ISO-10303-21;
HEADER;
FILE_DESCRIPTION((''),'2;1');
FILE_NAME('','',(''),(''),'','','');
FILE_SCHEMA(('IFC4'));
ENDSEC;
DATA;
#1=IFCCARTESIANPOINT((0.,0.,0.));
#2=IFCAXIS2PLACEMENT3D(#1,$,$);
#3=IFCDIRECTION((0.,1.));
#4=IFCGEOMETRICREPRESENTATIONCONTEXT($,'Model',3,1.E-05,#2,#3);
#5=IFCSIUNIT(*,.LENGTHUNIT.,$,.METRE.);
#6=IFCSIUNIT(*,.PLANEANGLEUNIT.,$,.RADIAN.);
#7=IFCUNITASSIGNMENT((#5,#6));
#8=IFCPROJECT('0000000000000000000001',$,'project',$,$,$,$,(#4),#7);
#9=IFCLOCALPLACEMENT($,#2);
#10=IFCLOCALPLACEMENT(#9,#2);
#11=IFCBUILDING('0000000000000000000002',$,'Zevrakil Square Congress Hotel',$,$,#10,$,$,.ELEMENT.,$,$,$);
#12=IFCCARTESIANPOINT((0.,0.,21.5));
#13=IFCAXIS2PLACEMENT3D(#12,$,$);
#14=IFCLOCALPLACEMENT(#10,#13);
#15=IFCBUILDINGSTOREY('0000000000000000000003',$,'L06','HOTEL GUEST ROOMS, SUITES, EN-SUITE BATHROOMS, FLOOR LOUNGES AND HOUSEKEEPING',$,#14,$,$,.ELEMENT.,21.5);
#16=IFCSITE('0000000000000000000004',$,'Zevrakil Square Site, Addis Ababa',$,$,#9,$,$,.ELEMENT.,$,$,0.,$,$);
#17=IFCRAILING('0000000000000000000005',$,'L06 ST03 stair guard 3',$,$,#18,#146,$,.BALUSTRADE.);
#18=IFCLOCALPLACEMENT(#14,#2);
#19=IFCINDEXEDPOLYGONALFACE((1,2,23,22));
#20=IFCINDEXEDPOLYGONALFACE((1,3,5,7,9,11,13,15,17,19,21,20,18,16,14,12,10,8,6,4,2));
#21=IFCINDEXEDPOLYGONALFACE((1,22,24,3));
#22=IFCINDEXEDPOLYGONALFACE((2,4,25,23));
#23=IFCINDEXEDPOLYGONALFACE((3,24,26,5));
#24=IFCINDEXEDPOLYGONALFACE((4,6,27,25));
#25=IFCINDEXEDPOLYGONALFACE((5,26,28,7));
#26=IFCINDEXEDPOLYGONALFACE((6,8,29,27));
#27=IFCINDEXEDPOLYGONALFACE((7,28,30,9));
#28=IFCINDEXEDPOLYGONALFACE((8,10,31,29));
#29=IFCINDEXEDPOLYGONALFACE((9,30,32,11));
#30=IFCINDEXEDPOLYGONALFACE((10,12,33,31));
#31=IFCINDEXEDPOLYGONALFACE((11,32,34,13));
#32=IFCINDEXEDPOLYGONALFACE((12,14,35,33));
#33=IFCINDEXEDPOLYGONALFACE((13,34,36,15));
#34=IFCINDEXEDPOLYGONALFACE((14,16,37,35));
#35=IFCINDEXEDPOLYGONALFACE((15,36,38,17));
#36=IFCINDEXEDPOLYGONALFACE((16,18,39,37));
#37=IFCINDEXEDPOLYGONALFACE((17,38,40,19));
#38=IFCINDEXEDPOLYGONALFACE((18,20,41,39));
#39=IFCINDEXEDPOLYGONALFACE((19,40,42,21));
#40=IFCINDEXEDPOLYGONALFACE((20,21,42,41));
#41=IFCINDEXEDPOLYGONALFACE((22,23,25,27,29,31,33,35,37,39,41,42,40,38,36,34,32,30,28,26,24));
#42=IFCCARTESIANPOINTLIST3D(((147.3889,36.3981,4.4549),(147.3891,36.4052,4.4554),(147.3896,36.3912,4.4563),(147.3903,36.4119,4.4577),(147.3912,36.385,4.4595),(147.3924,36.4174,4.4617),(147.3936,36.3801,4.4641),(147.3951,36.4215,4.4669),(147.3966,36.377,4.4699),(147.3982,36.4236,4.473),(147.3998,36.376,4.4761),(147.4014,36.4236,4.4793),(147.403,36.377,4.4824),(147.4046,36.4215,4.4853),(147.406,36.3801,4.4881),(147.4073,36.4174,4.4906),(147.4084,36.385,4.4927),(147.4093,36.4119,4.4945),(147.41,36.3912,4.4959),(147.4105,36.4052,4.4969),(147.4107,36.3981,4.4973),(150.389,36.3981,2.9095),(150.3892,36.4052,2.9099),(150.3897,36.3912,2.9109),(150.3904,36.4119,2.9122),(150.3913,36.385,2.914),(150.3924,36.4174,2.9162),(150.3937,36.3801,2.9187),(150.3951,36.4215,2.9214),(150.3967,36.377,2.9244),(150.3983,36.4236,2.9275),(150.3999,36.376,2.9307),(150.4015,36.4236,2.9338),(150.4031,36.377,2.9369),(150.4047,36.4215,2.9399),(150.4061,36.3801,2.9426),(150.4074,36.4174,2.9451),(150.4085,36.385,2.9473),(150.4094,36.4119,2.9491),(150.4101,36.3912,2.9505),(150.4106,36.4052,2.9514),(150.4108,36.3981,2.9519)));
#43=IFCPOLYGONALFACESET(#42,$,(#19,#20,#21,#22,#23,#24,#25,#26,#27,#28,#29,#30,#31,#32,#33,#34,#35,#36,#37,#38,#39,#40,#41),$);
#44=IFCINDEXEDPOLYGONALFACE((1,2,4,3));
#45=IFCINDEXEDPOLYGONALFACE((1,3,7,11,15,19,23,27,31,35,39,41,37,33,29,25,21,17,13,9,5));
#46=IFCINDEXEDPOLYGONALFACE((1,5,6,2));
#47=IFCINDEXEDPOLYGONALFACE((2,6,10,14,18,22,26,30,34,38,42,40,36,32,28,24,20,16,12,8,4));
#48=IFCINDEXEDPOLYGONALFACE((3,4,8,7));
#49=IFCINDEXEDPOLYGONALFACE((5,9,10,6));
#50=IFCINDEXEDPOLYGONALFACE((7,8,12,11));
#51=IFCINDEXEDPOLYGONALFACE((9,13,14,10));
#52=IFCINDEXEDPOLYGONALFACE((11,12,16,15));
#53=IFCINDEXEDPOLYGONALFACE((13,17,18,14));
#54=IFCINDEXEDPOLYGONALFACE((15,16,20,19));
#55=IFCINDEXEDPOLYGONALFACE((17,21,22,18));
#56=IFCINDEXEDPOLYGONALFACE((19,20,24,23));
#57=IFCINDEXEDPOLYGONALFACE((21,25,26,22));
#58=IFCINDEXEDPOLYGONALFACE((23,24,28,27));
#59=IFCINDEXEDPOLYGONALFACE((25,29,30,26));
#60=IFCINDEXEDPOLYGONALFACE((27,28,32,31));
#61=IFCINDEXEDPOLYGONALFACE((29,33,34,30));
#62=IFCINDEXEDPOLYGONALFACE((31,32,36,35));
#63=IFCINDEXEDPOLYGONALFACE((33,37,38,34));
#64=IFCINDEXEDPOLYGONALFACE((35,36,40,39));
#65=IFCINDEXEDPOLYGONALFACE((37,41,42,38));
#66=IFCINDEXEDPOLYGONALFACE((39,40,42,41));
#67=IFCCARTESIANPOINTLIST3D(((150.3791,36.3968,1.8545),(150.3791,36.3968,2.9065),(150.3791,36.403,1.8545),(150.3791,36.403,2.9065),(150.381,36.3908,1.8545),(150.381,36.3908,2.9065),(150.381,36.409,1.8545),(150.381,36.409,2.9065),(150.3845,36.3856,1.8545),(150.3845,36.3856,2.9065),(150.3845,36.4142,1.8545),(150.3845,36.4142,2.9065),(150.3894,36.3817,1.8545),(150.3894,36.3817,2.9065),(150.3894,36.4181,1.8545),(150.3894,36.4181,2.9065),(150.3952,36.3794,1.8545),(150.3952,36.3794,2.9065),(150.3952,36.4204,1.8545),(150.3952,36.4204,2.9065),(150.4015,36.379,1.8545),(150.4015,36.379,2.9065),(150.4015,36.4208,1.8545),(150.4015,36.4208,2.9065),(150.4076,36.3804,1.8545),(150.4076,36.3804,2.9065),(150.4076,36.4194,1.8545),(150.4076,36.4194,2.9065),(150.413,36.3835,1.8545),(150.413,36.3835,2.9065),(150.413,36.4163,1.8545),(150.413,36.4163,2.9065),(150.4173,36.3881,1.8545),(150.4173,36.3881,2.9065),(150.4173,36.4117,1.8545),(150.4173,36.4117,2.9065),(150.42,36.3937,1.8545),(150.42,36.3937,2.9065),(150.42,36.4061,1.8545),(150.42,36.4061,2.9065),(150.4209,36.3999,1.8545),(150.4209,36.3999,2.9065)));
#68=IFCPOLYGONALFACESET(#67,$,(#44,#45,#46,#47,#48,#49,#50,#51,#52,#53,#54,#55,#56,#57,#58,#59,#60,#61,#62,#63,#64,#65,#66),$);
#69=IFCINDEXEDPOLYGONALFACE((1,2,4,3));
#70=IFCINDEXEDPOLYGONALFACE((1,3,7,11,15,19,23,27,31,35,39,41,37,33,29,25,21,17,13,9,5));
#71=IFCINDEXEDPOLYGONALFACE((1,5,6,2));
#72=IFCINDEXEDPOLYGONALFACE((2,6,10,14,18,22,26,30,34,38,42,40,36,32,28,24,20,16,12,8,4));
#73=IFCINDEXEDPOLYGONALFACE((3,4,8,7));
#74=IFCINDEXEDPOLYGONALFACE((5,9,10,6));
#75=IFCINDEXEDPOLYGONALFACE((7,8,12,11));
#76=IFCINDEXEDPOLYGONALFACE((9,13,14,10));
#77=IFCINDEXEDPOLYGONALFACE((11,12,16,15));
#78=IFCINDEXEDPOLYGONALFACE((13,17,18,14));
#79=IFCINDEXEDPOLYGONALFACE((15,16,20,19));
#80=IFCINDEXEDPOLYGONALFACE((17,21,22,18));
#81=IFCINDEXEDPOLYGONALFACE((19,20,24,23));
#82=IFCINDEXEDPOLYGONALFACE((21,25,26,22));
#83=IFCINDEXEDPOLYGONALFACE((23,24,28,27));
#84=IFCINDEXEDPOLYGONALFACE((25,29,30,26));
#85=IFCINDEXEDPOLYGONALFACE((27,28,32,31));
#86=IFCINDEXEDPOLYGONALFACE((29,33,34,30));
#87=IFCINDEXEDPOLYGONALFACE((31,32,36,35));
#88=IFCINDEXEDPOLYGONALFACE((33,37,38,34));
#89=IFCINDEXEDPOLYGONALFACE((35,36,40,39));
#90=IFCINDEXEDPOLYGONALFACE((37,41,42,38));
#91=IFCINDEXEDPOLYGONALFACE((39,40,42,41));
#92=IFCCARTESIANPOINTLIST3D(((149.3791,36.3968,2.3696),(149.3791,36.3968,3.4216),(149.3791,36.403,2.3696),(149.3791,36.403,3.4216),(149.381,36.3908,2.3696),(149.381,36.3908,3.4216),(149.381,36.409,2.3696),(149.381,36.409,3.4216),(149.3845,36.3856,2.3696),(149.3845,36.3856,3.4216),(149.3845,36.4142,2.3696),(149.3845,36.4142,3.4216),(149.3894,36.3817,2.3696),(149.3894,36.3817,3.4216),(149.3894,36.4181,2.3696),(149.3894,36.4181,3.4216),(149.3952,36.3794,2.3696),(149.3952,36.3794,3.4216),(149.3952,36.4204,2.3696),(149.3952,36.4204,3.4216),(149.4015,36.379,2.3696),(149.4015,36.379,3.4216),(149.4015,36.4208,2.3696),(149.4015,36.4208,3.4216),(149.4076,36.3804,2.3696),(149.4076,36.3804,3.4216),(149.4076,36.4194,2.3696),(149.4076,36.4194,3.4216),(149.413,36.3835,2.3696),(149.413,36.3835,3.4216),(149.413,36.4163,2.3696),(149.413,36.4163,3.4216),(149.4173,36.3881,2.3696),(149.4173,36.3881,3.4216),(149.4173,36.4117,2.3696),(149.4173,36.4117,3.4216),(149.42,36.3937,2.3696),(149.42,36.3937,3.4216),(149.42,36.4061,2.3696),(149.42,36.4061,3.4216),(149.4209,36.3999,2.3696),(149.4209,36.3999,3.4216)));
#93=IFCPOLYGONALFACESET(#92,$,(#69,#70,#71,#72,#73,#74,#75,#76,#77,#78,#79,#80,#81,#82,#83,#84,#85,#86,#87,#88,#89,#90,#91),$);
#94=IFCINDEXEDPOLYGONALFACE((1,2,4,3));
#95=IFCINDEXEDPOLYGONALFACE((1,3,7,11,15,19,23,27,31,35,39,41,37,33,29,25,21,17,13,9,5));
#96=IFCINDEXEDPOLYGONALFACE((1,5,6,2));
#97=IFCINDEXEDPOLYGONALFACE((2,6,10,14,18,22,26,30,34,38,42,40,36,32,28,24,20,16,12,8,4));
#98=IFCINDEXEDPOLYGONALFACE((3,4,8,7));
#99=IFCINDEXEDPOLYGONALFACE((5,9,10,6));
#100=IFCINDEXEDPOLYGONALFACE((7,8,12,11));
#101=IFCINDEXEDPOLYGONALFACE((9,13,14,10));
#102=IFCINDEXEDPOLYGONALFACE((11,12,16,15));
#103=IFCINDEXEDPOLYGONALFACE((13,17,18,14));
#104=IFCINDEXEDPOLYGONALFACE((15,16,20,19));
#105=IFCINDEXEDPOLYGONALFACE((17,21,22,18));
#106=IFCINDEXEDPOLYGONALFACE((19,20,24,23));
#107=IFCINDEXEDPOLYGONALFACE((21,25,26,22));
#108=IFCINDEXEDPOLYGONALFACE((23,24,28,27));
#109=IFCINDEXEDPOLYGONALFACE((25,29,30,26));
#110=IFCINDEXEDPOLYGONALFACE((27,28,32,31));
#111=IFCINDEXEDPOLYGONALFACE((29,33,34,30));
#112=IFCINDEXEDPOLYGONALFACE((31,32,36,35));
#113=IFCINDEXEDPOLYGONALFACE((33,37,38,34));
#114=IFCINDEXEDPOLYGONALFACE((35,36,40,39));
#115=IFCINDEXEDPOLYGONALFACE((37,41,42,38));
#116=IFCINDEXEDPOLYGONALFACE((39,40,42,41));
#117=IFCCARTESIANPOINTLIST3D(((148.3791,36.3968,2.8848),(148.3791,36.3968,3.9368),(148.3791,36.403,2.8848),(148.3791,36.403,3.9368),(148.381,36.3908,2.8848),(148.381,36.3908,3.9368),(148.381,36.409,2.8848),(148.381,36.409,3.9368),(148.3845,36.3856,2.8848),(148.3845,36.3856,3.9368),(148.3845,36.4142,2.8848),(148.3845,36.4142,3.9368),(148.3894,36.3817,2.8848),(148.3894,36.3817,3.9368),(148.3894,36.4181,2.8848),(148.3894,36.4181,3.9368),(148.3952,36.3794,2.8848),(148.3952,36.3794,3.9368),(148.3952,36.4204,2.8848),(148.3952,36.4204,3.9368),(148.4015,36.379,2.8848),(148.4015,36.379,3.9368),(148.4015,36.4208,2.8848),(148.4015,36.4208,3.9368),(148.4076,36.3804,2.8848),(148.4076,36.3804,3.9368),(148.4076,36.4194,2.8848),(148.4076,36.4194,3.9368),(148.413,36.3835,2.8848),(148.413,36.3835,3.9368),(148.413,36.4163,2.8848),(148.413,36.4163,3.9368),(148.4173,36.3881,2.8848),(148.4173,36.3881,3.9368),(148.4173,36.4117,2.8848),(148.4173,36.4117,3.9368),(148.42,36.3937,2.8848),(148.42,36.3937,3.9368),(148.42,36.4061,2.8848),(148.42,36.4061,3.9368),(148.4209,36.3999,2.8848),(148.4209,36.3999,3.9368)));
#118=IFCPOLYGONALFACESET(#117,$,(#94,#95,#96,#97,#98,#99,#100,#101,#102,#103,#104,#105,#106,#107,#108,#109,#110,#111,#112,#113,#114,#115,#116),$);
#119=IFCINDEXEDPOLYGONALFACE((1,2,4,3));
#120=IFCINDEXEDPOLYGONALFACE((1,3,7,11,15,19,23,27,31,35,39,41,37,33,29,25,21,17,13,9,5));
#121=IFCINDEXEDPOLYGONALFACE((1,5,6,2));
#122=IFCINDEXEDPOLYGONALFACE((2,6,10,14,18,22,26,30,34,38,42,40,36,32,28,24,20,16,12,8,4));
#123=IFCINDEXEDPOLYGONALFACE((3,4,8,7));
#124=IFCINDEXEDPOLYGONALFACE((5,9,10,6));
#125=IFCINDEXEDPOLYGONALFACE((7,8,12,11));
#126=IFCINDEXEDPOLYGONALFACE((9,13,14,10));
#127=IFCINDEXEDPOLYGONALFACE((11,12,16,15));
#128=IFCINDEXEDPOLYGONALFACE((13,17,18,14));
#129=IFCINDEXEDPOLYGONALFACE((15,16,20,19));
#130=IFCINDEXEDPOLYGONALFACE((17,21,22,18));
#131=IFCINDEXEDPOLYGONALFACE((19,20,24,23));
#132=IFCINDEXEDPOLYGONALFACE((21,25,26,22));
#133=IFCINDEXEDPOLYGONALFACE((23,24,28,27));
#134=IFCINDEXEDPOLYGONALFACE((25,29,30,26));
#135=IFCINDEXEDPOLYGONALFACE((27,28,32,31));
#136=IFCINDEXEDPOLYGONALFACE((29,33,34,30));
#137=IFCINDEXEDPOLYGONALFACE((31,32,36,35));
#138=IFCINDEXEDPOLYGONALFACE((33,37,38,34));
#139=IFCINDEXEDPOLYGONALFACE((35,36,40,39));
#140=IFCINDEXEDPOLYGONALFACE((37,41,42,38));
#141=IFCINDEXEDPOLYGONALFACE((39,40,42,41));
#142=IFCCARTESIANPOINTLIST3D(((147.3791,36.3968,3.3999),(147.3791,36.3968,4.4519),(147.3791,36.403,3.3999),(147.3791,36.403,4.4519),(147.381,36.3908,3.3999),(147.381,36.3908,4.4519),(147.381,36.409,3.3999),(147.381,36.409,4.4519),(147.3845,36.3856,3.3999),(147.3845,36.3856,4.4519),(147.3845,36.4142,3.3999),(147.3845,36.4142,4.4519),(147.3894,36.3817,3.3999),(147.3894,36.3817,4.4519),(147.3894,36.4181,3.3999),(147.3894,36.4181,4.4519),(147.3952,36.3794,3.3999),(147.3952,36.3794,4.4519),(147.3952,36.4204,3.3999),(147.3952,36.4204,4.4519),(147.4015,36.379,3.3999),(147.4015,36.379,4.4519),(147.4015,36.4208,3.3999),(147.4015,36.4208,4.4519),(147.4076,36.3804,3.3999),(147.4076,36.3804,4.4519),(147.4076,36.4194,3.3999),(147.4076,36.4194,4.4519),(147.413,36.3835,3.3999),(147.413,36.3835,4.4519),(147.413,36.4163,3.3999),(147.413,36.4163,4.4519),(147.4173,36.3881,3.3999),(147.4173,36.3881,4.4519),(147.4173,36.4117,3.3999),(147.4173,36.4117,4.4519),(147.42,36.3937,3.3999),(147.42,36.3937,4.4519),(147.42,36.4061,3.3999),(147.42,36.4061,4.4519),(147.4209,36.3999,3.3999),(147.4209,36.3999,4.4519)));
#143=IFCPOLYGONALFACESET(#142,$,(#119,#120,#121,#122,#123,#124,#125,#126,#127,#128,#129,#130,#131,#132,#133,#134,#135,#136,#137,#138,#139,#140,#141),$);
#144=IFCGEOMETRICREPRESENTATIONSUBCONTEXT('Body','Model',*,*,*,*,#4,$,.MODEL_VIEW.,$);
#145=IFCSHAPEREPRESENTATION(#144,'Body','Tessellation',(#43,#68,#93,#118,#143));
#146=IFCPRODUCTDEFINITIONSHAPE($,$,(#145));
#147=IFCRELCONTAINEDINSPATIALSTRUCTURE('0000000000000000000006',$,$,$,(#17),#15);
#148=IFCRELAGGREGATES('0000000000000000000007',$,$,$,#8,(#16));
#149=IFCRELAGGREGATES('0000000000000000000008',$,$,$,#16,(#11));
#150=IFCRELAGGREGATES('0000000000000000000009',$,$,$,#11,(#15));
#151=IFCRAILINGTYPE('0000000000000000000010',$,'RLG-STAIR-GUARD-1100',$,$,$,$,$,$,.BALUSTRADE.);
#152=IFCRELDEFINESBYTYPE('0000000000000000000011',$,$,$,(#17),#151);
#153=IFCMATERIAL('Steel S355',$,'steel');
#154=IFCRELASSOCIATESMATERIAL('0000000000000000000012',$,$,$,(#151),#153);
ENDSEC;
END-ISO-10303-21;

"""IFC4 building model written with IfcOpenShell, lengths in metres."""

from ifc_helpers import new_model, si_unit, direction, frame, origin, origin_2d, place, context, subcontext, project, spatial, circle, extrude, material, type_object, element, save


model = new_model("IFC4")

# Units and contexts
model_context = context("Model", 3, precision=1e-05, world=origin(), true_north=direction((0.0, 1.0)))
body_context = subcontext(model_context, "Body", "Model", "MODEL_VIEW")
ifc_project = project(units=[si_unit("LENGTHUNIT", "METRE"), si_unit("PLANEANGLEUNIT", "RADIAN")], contexts=[model_context])

# Site, building, storey
site_placement = place(None, origin())
site = spatial("IfcSite", under=ifc_project, at=site_placement, Name="Zevrakil Square Site, Addis Ababa", CompositionType="ELEMENT", RefElevation=0.0)
building_placement = place(site_placement, origin())
building = spatial("IfcBuilding", under=site, at=building_placement, Name="Zevrakil Square Congress Hotel", CompositionType="ELEMENT")
storey_placement = place(building_placement, frame((0.0, 0.0, 21.5)))
storey = spatial("IfcBuildingStorey", under=building, at=storey_placement, Name="L06", Description="HOTEL GUEST ROOMS, SUITES, EN-SUITE BATHROOMS, FLOOR LOUNGES AND HOUSEKEEPING", CompositionType="ELEMENT", Elevation=21.5)

# Railing
ifc_material_1 = material(Name="Steel S355", Category="steel")
railing_type = type_object("IfcRailingType", Name="RLG-STAIR-GUARD-1100", PredefinedType="BALUSTRADE", material=ifc_material_1)
railing_1_placement = place(storey_placement, frame((150.3999, 36.3999, 1.8545)))
element("IfcRailing", 1, at=railing_1_placement, inside=storey, type_object=railing_type, Name="L06 ST03 stair guard 3", PredefinedType="BALUSTRADE", context=body_context, shape_type="SweptSolid", body=[
    extrude(circle(Radius=0.0239, at=origin_2d()), frame((0.0, 0.0, 1.0762), z_axis=(-0.88898, 0.0, 0.457946), x_axis=(0.0, -1.0, 0.0)), (0.0, 0.0, 1.0), 3.3748),
    extrude(circle(Radius=0.021, at=origin_2d()), origin(), (0.0, 0.0, 1.0), 1.052),
    extrude(circle(Radius=0.021, at=origin_2d()), frame((-1.0, 0.0, 0.5151)), (0.0, 0.0, 1.0), 1.052),
    extrude(circle(Radius=0.021, at=origin_2d()), frame((-2.0, 0.0, 1.0303)), (0.0, 0.0, 1.0), 1.052),
    extrude(circle(Radius=0.021, at=origin_2d()), frame((-3.0, 0.0, 1.5454)), (0.0, 0.0, 1.0), 1.052),
])

save(model, "model.ifc")
